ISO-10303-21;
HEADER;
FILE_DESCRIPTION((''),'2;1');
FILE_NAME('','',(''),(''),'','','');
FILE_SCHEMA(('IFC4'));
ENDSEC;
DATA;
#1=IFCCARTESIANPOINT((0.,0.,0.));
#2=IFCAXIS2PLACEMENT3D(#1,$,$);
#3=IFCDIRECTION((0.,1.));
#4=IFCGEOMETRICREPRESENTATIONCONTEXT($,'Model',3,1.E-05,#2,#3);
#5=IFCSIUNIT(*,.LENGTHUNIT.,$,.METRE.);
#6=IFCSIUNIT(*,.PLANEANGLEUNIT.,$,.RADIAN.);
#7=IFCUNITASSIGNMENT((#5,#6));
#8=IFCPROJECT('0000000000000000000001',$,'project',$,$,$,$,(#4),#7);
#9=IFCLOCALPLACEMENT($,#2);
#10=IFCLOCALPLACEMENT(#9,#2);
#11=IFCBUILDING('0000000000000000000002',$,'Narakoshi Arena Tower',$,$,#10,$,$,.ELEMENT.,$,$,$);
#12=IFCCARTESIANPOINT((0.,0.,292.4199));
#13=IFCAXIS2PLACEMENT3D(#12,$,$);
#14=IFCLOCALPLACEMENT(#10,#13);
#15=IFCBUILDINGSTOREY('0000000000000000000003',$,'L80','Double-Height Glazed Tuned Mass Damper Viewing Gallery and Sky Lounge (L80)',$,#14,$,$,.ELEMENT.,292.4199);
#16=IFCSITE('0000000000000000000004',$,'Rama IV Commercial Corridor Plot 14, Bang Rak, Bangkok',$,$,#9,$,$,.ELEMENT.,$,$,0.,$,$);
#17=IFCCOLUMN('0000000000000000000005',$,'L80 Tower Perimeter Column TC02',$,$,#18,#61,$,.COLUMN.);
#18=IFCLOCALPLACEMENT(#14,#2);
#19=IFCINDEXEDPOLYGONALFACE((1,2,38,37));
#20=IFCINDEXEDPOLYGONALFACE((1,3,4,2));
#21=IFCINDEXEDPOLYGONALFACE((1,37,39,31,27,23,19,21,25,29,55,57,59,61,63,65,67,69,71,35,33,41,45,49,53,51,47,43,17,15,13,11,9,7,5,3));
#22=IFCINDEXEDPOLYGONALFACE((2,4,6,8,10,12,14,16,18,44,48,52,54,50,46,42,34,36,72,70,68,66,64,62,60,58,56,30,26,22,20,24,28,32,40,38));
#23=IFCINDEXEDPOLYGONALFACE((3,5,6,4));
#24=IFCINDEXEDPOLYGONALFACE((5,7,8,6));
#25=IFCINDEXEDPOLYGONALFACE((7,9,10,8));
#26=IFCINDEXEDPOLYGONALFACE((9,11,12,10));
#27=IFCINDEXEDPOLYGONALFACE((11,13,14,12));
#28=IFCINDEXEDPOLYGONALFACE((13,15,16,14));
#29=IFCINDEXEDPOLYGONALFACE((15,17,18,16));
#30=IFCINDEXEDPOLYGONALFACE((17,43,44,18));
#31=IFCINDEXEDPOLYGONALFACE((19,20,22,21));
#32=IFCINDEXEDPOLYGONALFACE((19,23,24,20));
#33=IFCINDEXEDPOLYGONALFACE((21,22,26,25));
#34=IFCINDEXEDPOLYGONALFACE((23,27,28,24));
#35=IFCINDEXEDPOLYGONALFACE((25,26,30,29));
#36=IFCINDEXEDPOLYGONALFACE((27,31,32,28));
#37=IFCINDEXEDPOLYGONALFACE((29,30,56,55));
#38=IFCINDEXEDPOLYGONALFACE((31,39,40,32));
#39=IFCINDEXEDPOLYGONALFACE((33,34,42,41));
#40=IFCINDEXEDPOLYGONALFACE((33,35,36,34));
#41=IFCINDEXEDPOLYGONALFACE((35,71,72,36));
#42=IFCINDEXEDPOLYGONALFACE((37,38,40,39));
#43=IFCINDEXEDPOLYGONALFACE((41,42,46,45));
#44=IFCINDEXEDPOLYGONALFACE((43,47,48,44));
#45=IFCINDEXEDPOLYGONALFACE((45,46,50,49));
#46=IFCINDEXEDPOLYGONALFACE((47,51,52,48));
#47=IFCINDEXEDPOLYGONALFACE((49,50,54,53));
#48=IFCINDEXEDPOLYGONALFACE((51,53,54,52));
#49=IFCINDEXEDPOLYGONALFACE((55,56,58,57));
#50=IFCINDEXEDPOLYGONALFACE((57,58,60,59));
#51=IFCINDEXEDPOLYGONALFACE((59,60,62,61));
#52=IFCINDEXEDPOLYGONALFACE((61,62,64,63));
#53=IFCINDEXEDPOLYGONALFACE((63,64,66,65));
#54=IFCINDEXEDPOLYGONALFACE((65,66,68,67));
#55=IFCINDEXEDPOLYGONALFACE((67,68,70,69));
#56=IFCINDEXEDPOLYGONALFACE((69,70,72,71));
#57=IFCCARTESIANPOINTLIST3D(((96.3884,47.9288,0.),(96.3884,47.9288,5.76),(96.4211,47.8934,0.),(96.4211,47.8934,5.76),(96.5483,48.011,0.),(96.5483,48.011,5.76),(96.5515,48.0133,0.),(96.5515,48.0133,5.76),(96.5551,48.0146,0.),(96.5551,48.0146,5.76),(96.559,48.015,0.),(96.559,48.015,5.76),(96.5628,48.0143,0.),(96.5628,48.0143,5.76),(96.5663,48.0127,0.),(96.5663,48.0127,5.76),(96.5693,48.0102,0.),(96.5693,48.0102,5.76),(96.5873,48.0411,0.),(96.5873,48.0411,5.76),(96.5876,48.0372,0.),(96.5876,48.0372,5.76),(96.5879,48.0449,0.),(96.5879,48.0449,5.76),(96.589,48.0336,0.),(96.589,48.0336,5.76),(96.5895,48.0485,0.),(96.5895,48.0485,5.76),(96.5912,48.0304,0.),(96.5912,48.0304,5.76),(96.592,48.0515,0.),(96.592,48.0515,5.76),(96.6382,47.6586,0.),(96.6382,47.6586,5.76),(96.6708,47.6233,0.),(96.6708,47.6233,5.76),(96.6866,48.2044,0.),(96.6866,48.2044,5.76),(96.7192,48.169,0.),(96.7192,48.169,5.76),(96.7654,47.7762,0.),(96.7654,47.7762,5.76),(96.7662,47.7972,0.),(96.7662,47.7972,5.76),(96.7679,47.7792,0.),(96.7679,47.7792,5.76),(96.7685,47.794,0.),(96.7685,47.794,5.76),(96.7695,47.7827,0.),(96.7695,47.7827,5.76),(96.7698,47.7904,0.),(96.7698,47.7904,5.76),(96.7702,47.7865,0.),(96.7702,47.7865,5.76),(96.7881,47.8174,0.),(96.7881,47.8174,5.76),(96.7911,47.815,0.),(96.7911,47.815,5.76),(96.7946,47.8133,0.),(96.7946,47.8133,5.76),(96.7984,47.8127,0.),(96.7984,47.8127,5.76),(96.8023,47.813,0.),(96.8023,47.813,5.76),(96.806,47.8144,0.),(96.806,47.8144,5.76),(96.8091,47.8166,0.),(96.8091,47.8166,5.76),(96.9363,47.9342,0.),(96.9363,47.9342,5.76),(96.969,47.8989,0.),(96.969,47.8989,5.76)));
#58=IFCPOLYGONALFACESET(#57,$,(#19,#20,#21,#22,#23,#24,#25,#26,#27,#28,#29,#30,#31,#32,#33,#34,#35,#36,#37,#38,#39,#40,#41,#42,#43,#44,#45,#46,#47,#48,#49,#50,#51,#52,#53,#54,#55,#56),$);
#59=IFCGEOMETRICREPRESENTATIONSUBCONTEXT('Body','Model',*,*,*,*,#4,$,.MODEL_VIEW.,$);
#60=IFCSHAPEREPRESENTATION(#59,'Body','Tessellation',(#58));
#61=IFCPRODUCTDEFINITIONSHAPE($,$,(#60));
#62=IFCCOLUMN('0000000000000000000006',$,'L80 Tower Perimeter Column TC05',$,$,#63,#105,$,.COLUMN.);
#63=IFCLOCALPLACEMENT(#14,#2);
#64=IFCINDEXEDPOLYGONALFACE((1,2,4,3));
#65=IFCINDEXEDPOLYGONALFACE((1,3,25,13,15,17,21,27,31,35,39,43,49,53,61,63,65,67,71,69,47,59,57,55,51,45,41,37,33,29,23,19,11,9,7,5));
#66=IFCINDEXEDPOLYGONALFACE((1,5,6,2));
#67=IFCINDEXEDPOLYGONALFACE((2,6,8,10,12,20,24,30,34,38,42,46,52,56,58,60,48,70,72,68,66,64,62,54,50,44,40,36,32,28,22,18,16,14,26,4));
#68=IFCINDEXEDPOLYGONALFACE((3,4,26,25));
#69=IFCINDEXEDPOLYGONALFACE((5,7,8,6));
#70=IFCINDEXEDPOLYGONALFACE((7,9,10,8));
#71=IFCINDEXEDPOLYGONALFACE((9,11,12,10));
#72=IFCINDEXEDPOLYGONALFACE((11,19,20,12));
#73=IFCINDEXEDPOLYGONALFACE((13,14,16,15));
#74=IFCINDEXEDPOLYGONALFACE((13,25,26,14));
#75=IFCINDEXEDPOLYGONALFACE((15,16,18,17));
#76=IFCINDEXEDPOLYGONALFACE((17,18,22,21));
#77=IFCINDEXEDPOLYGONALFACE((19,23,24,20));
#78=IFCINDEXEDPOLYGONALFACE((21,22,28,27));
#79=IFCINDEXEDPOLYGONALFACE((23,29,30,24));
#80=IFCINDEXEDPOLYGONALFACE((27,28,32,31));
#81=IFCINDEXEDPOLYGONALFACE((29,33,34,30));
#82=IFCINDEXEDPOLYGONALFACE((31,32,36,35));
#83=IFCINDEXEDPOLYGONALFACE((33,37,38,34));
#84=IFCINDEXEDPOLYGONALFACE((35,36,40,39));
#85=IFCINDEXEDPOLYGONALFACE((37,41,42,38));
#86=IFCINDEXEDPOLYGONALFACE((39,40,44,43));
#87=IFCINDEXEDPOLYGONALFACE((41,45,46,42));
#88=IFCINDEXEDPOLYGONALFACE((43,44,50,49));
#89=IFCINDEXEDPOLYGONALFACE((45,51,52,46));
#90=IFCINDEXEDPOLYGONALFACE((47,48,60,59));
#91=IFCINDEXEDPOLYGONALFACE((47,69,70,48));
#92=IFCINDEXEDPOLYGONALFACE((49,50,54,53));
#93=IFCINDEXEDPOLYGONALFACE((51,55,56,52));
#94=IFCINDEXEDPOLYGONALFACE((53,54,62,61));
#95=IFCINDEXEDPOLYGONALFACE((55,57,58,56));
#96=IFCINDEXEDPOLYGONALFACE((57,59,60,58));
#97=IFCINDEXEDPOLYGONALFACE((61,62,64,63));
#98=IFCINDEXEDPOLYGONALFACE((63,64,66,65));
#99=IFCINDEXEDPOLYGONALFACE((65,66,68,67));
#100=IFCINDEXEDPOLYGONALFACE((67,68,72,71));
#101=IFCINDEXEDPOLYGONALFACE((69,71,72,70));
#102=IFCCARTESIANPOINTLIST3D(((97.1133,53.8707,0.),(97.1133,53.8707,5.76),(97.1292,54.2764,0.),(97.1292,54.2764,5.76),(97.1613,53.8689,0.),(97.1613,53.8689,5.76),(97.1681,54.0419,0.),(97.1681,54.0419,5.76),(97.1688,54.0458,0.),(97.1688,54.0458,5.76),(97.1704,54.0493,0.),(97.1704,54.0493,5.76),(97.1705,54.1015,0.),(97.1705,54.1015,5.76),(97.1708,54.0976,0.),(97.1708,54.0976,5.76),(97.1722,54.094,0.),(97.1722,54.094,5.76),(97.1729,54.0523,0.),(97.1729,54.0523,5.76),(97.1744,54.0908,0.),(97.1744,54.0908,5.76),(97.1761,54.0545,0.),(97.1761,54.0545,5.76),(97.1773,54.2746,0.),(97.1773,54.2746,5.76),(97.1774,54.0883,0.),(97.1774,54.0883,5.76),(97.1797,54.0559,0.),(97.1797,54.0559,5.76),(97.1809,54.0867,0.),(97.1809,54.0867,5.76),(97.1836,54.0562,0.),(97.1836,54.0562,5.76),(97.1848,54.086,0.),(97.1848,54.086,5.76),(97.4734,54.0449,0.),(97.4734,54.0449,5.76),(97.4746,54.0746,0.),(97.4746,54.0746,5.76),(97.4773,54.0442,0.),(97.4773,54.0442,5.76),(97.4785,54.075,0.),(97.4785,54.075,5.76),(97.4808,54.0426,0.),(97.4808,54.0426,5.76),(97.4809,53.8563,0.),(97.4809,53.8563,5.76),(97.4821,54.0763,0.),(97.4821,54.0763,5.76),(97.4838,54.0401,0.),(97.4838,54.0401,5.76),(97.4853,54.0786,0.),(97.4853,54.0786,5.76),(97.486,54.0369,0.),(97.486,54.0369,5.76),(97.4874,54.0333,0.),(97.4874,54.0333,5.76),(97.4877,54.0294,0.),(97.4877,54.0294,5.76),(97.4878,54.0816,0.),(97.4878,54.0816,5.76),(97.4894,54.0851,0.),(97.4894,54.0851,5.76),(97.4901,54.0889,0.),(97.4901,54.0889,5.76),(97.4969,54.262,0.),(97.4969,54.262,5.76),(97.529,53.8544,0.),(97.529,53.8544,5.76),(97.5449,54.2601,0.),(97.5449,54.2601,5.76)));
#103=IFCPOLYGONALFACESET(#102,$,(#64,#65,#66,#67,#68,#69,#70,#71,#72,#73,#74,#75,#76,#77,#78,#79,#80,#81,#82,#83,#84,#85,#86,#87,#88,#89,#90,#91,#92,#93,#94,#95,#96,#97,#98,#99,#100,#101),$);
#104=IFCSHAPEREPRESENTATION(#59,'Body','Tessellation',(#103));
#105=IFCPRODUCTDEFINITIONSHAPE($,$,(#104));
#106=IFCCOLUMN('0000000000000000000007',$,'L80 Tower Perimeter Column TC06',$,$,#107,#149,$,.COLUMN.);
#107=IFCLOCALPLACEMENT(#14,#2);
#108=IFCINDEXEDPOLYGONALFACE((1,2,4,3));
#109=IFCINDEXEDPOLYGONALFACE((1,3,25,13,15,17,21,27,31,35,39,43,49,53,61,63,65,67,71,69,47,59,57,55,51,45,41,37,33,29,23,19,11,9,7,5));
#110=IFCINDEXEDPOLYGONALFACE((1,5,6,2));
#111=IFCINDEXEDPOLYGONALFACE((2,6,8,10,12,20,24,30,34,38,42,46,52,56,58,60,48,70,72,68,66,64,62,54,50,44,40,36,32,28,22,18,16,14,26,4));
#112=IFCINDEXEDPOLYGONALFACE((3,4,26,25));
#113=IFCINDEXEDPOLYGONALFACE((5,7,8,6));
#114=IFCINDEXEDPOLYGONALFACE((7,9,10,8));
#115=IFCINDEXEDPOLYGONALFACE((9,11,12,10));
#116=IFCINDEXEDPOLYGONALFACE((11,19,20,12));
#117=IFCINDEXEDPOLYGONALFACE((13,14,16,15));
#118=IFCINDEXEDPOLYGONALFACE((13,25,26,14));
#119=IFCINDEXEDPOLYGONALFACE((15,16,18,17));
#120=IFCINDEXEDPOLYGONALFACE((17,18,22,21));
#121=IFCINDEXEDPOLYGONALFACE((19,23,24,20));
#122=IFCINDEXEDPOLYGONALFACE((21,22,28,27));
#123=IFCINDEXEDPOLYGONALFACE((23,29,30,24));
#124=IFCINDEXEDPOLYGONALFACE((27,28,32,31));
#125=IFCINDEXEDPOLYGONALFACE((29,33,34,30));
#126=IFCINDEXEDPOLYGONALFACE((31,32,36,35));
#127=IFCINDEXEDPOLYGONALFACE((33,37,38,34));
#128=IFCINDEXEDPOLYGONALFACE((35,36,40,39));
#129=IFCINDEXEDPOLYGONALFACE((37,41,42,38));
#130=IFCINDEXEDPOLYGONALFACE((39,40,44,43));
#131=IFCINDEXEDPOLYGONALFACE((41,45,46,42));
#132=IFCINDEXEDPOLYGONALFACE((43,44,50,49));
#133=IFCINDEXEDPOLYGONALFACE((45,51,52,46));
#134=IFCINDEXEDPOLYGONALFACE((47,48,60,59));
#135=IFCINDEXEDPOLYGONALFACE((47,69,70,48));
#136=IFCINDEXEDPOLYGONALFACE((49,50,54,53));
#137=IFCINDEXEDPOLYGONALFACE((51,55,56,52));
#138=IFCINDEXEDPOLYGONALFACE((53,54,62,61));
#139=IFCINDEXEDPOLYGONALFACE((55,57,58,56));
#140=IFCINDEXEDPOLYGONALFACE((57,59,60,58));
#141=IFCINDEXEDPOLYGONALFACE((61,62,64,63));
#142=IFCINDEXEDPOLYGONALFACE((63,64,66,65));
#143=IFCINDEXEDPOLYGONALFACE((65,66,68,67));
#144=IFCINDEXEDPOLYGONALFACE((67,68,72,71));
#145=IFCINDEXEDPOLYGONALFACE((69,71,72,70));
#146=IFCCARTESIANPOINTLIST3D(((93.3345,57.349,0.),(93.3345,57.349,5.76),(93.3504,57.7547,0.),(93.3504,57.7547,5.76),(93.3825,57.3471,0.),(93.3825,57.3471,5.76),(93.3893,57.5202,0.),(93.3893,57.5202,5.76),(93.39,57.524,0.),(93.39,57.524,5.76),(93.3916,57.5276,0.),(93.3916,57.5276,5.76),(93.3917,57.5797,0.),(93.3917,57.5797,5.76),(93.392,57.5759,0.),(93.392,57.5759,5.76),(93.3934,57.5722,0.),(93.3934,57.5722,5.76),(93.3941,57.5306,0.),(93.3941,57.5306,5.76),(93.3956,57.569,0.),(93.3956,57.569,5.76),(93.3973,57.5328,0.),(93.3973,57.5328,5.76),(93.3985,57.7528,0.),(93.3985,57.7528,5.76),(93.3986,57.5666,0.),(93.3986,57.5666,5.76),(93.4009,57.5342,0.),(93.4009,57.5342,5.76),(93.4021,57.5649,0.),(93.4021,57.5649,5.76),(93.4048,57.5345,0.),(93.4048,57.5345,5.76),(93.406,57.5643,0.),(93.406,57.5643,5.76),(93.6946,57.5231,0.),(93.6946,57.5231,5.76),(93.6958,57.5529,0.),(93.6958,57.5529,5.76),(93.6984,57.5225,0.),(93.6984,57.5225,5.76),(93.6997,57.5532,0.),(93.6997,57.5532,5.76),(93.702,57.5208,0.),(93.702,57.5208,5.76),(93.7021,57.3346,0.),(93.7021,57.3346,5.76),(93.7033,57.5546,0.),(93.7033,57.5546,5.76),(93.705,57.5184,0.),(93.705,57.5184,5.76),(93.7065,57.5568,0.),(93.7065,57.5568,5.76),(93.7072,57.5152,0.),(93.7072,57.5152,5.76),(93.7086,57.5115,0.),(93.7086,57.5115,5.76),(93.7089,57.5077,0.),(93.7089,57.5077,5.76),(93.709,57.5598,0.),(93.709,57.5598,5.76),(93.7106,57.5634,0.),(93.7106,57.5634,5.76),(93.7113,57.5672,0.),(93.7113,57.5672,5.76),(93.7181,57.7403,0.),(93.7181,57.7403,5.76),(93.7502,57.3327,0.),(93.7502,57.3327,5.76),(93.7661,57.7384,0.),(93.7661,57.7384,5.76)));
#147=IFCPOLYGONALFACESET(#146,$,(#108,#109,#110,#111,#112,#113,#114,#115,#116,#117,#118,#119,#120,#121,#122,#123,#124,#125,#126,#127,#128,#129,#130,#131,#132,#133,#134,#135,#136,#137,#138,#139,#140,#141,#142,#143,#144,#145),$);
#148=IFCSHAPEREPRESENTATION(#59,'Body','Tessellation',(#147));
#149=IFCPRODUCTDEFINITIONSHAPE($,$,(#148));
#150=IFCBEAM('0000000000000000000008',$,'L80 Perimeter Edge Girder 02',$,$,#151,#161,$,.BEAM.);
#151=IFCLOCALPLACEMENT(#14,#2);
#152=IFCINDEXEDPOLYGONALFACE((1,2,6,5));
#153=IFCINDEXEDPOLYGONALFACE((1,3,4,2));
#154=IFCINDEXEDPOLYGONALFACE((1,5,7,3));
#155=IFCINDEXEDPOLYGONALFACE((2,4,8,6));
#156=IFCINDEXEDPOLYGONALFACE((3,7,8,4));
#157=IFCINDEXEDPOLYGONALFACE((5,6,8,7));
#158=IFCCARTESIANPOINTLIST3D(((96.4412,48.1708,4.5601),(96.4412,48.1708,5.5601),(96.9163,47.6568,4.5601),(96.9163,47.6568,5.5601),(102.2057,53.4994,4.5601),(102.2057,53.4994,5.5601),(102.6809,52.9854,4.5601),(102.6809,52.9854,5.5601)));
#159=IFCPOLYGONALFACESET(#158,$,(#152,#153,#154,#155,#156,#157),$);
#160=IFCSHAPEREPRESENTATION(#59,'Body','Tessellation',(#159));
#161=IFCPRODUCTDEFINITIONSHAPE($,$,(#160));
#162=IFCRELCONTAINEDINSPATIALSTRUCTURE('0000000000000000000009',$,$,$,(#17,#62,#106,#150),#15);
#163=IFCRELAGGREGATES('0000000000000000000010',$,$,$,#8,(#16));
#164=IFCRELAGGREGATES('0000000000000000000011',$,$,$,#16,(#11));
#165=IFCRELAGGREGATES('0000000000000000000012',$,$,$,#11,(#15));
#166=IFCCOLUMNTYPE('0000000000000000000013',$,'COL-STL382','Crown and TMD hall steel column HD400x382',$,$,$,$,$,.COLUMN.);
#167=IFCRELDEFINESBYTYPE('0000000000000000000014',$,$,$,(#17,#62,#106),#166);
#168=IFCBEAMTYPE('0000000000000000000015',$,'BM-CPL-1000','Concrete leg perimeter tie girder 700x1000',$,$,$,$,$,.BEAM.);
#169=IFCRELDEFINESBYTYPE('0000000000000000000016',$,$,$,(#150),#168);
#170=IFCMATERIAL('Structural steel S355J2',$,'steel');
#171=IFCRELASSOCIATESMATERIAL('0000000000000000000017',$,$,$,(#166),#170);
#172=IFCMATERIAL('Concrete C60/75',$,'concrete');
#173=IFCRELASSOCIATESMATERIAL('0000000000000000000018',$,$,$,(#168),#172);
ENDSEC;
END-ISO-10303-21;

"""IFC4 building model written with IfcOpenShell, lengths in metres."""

from ifc_helpers import new_model, si_unit, direction, frame, origin, origin_2d, place, context, subcontext, project, spatial, rectangle, i_section, extrude, material, material_profile, profile_set, type_object, element, save


model = new_model("IFC4")

# Units and contexts
model_context = context("Model", 3, precision=1e-05, world=origin(), true_north=direction((0.0, 1.0)))
body_context = subcontext(model_context, "Body", "Model", "MODEL_VIEW")
ifc_project = project(units=[si_unit("LENGTHUNIT", "METRE"), si_unit("PLANEANGLEUNIT", "RADIAN")], contexts=[model_context])

# Site, building, storey
site_placement = place(None, origin())
site = spatial("IfcSite", under=ifc_project, at=site_placement, Name="Rama IV Commercial Corridor Plot 14, Bang Rak, Bangkok", CompositionType="ELEMENT", RefElevation=0.0)
building_placement = place(site_placement, origin())
building = spatial("IfcBuilding", under=site, at=building_placement, Name="Narakoshi Arena Tower", CompositionType="ELEMENT")
storey_placement = place(building_placement, frame((0.0, 0.0, 292.4199)))
storey = spatial("IfcBuildingStorey", under=building, at=storey_placement, Name="L80", Description="Double-Height Glazed Tuned Mass Damper Viewing Gallery and Sky Lounge (L80)", CompositionType="ELEMENT", Elevation=292.4199)

# Columns
ifc_material_1 = material(Name="Structural steel S355J2", Category="steel")
ifc_material_profile_1 = material_profile(ifc_material_1, i_section(OverallWidth=0.406, OverallDepth=0.416, WebThickness=0.0298, FlangeThickness=0.0481, FilletRadius=0.0149, at=origin_2d()), Name="HD400x382")
ifc_profile_set_1 = profile_set([ifc_material_profile_1], Name="Structural steel S355J2")
column_type = type_object("IfcColumnType", Name="COL-STL382", Description="Crown and TMD hall steel column HD400x382", PredefinedType="COLUMN", material=ifc_profile_set_1)
for number, where, z_axis, x_axis, name in (
    (1, (96.6787, 47.9138, 0.0), (0.0, 0.0, 1.0), (0.734323, 0.678801, 0.0), "L80 Tower Perimeter Column TC02"),
    (2, (97.3291, 54.0654, 0.0), (0.0, 0.0, 1.0), (0.03926, 0.999229, 0.0), "L80 Tower Perimeter Column TC05"),
    (3, (93.5503, 57.5437, 0.0), (0.0, 0.0, 1.0), (0.03926, 0.999229, 0.0), "L80 Tower Perimeter Column TC06"),
):
    element("IfcColumn", number, at=place(storey_placement, frame(where, z_axis=z_axis, x_axis=x_axis)), inside=storey, type_object=column_type, Name=name, PredefinedType="COLUMN", context=body_context, shape_type="SweptSolid", body=[
        extrude(i_section(OverallWidth=0.406, OverallDepth=0.416, WebThickness=0.0298, FlangeThickness=0.0481, FilletRadius=0.0149, at=origin_2d()), origin(), (0.0, 0.0, 1.0), 5.76),
    ])

# Beam
ifc_material_2 = material(Name="Concrete C60/75", Category="concrete")
ifc_material_profile_2 = material_profile(ifc_material_2, rectangle(XDim=0.7, YDim=1.0, at=origin_2d()), Name="RCB700x1000")
ifc_profile_set_2 = profile_set([ifc_material_profile_2], Name="Concrete C60/75")
beam_type_1 = type_object("IfcBeamType", Name="BM-CPL-1000", Description="Concrete leg perimeter tie girder 700x1000", PredefinedType="BEAM", material=ifc_profile_set_2)
beam_1_placement = place(storey_placement, frame((96.6787, 47.9138, 5.0601), z_axis=(0.734333, 0.678789, 0.0), x_axis=(-0.678789, 0.734333, 0.0)))
element("IfcBeam", 4, at=beam_1_placement, inside=storey, type_object=beam_type_1, Name="L80 Perimeter Edge Girder 02", PredefinedType="BEAM", context=body_context, shape_type="SweptSolid", body=[
    extrude(rectangle(XDim=0.7, YDim=1.0, at=origin_2d()), origin(), (0.0, 0.0, 1.0), 7.8501),
])

save(model, "model.ifc")
